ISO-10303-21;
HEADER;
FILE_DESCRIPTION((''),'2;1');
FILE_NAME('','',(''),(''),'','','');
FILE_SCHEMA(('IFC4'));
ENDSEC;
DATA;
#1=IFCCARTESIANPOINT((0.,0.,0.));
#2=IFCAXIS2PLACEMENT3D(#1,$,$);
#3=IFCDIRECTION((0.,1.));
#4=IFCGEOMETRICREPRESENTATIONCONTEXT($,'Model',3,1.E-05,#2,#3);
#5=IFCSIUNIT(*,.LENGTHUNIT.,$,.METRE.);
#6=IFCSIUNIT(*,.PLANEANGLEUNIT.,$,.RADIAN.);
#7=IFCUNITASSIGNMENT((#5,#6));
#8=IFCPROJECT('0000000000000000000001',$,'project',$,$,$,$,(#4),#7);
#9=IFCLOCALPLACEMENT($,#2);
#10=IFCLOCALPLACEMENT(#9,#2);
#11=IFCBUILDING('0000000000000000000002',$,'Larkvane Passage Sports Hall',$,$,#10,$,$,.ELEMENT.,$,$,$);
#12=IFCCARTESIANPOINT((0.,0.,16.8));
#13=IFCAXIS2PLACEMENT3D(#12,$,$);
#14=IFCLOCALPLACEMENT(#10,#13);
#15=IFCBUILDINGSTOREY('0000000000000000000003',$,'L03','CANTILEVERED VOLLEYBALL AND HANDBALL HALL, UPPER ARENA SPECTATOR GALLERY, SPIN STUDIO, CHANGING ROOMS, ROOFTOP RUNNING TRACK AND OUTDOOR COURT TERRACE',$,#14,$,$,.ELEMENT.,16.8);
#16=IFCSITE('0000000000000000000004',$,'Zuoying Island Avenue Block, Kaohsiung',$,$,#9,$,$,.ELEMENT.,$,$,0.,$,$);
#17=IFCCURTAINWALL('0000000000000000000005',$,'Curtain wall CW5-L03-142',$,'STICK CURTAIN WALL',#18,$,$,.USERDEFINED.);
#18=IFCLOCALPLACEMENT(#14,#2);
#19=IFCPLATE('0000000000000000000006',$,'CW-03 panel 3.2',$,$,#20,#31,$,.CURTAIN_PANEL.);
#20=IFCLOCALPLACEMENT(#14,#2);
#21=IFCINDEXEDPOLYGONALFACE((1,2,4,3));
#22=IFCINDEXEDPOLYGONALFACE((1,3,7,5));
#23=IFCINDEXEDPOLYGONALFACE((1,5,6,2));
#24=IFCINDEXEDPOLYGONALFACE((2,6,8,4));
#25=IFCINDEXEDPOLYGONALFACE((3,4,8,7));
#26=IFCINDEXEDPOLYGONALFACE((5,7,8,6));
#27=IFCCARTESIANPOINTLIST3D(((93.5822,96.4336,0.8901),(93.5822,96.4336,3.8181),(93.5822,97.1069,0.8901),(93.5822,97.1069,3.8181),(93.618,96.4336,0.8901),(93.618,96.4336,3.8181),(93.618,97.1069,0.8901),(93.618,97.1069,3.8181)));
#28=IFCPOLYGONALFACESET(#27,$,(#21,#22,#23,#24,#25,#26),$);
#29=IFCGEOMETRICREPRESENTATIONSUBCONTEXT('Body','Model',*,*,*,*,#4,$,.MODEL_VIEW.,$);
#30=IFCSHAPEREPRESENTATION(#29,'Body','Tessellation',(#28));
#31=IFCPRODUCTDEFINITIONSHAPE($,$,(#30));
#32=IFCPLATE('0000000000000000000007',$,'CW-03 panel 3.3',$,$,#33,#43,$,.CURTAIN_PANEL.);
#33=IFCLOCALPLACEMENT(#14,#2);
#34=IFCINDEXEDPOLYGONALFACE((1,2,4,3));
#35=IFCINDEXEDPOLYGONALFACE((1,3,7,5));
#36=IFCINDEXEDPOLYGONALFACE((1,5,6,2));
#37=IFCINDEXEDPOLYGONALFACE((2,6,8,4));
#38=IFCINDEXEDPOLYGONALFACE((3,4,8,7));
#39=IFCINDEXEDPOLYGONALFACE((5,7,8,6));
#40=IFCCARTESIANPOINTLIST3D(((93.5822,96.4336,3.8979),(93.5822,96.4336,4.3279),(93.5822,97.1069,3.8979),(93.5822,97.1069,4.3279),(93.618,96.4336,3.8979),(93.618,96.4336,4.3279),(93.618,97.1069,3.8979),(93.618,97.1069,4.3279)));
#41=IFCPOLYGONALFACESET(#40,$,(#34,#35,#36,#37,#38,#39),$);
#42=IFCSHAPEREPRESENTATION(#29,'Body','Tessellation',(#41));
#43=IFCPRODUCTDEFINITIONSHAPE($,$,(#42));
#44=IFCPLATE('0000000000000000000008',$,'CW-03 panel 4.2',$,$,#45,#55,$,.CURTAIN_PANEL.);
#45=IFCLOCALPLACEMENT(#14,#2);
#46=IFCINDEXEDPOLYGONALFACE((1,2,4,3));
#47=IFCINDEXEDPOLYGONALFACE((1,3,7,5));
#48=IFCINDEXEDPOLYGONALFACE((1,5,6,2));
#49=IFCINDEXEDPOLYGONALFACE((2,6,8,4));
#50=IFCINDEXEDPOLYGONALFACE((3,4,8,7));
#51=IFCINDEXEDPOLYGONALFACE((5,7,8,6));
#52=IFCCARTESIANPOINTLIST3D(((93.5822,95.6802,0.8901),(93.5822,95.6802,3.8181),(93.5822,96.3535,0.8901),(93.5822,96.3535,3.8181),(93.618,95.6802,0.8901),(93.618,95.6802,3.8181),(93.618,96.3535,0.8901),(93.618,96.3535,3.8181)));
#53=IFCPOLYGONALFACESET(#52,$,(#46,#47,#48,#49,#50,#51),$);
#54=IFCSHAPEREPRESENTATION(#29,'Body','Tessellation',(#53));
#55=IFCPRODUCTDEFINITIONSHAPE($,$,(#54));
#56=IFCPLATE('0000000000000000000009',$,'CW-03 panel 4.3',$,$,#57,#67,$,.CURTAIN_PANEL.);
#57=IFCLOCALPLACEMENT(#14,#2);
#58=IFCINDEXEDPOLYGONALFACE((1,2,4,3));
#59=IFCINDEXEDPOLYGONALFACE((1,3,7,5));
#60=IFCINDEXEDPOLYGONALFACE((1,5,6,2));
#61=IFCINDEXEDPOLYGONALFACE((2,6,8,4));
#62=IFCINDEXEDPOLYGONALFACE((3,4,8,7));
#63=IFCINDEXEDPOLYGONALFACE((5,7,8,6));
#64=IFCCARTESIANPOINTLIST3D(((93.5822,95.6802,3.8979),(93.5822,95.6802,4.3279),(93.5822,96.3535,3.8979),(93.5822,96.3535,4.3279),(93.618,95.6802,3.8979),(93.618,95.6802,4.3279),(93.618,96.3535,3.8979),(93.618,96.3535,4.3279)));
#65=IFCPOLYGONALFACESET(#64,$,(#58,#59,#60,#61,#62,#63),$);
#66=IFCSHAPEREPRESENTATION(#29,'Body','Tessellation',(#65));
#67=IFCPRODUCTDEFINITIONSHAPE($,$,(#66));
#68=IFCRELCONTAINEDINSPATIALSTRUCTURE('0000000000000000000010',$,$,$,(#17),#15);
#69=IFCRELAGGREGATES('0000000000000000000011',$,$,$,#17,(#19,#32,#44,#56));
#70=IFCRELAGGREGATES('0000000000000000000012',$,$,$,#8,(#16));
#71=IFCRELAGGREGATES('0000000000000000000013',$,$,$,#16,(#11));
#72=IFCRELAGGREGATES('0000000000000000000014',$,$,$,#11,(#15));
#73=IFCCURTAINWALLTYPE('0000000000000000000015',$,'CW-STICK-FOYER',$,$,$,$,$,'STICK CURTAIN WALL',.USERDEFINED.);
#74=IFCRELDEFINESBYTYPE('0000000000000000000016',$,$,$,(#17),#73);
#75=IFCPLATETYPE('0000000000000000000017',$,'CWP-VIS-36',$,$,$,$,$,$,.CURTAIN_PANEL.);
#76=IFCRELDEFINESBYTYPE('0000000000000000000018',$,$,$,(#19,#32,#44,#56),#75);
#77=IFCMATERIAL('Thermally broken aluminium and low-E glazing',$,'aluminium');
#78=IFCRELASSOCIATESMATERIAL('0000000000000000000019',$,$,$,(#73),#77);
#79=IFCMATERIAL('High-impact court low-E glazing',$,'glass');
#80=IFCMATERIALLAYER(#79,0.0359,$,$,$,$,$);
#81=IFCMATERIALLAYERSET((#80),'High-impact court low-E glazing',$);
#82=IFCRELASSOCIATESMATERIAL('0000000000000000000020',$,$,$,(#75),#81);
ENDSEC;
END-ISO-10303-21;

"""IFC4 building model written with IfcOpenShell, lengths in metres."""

from ifc_helpers import new_model, si_unit, direction, frame, origin, origin_2d, place, context, subcontext, project, spatial, rectangle, extrude, material, layer, layer_set, type_object, element, aggregate, save


model = new_model("IFC4")

# Units and contexts
model_context = context("Model", 3, precision=1e-05, world=origin(), true_north=direction((0.0, 1.0)))
body_context = subcontext(model_context, "Body", "Model", "MODEL_VIEW")
ifc_project = project(units=[si_unit("LENGTHUNIT", "METRE"), si_unit("PLANEANGLEUNIT", "RADIAN")], contexts=[model_context])

# Site, building, storey
site_placement = place(None, origin())
site = spatial("IfcSite", under=ifc_project, at=site_placement, Name="Zuoying Island Avenue Block, Kaohsiung", CompositionType="ELEMENT", RefElevation=0.0)
building_placement = place(site_placement, origin())
building = spatial("IfcBuilding", under=site, at=building_placement, Name="Larkvane Passage Sports Hall", CompositionType="ELEMENT")
storey_placement = place(building_placement, frame((0.0, 0.0, 16.8)))
storey = spatial("IfcBuildingStorey", under=building, at=storey_placement, Name="L03", Description="CANTILEVERED VOLLEYBALL AND HANDBALL HALL, UPPER ARENA SPECTATOR GALLERY, SPIN STUDIO, CHANGING ROOMS, ROOFTOP RUNNING TRACK AND OUTDOOR COURT TERRACE", CompositionType="ELEMENT", Elevation=16.8)

# Curtain wall, plates
ifc_material_1 = material(Name="Thermally broken aluminium and low-E glazing", Category="aluminium")
curtain_wall_type = type_object("IfcCurtainWallType", Name="CW-STICK-FOYER", ElementType="STICK CURTAIN WALL", PredefinedType="USERDEFINED", material=ifc_material_1)
curtain_wall_placement = place(storey_placement, origin())
curtain_wall = element("IfcCurtainWall", 1, at=curtain_wall_placement, inside=storey, type_object=curtain_wall_type, Name="Curtain wall CW5-L03-142", ObjectType="STICK CURTAIN WALL", PredefinedType="USERDEFINED")
ifc_material_2 = material(Name="High-impact court low-E glazing", Category="glass")
ifc_layer_1 = layer(ifc_material_2, 0.0359)
ifc_layer_set_1 = layer_set([ifc_layer_1], Name="High-impact court low-E glazing")
plate_type_1 = type_object("IfcPlateType", Name="CWP-VIS-36", PredefinedType="CURTAIN_PANEL", material=ifc_layer_set_1)
plate_1_placement = place(storey_placement, frame((93.6001, 96.7703, 0.8901), z_axis=(0.0, 0.0, 1.0), x_axis=(0.0, -1.0, 0.0)))
plate_1 = element("IfcPlate", 2, at=plate_1_placement, type_object=plate_type_1, Name="CW-03 panel 3.2", PredefinedType="CURTAIN_PANEL", context=body_context, shape_type="SweptSolid", body=[
    extrude(rectangle(XDim=0.6733, YDim=0.0359, at=origin_2d()), origin(), (0.0, 0.0, 1.0), 2.928),
])
plate_2_placement = place(storey_placement, frame((93.6001, 96.7703, 3.8979), z_axis=(0.0, 0.0, 1.0), x_axis=(0.0, -1.0, 0.0)))
plate_2 = element("IfcPlate", 3, at=plate_2_placement, type_object=plate_type_1, Name="CW-03 panel 3.3", PredefinedType="CURTAIN_PANEL", context=body_context, shape_type="SweptSolid", body=[
    extrude(rectangle(XDim=0.6733, YDim=0.0359, at=origin_2d()), origin(), (0.0, 0.0, 1.0), 0.4299),
])
plate_3_placement = place(storey_placement, frame((93.6001, 96.0168, 0.8901), z_axis=(0.0, 0.0, 1.0), x_axis=(0.0, -1.0, 0.0)))
plate_3 = element("IfcPlate", 4, at=plate_3_placement, type_object=plate_type_1, Name="CW-03 panel 4.2", PredefinedType="CURTAIN_PANEL", context=body_context, shape_type="SweptSolid", body=[
    extrude(rectangle(XDim=0.6733, YDim=0.0359, at=origin_2d()), origin(), (0.0, 0.0, 1.0), 2.928),
])
plate_4_placement = place(storey_placement, frame((93.6001, 96.0168, 3.8979), z_axis=(0.0, 0.0, 1.0), x_axis=(0.0, -1.0, 0.0)))
plate_4 = element("IfcPlate", 5, at=plate_4_placement, type_object=plate_type_1, Name="CW-03 panel 4.3", PredefinedType="CURTAIN_PANEL", context=body_context, shape_type="SweptSolid", body=[
    extrude(rectangle(XDim=0.6733, YDim=0.0359, at=origin_2d()), origin(), (0.0, 0.0, 1.0), 0.4299),
])
aggregate(curtain_wall, [plate_1, plate_2, plate_3, plate_4])

save(model, "model.ifc")
